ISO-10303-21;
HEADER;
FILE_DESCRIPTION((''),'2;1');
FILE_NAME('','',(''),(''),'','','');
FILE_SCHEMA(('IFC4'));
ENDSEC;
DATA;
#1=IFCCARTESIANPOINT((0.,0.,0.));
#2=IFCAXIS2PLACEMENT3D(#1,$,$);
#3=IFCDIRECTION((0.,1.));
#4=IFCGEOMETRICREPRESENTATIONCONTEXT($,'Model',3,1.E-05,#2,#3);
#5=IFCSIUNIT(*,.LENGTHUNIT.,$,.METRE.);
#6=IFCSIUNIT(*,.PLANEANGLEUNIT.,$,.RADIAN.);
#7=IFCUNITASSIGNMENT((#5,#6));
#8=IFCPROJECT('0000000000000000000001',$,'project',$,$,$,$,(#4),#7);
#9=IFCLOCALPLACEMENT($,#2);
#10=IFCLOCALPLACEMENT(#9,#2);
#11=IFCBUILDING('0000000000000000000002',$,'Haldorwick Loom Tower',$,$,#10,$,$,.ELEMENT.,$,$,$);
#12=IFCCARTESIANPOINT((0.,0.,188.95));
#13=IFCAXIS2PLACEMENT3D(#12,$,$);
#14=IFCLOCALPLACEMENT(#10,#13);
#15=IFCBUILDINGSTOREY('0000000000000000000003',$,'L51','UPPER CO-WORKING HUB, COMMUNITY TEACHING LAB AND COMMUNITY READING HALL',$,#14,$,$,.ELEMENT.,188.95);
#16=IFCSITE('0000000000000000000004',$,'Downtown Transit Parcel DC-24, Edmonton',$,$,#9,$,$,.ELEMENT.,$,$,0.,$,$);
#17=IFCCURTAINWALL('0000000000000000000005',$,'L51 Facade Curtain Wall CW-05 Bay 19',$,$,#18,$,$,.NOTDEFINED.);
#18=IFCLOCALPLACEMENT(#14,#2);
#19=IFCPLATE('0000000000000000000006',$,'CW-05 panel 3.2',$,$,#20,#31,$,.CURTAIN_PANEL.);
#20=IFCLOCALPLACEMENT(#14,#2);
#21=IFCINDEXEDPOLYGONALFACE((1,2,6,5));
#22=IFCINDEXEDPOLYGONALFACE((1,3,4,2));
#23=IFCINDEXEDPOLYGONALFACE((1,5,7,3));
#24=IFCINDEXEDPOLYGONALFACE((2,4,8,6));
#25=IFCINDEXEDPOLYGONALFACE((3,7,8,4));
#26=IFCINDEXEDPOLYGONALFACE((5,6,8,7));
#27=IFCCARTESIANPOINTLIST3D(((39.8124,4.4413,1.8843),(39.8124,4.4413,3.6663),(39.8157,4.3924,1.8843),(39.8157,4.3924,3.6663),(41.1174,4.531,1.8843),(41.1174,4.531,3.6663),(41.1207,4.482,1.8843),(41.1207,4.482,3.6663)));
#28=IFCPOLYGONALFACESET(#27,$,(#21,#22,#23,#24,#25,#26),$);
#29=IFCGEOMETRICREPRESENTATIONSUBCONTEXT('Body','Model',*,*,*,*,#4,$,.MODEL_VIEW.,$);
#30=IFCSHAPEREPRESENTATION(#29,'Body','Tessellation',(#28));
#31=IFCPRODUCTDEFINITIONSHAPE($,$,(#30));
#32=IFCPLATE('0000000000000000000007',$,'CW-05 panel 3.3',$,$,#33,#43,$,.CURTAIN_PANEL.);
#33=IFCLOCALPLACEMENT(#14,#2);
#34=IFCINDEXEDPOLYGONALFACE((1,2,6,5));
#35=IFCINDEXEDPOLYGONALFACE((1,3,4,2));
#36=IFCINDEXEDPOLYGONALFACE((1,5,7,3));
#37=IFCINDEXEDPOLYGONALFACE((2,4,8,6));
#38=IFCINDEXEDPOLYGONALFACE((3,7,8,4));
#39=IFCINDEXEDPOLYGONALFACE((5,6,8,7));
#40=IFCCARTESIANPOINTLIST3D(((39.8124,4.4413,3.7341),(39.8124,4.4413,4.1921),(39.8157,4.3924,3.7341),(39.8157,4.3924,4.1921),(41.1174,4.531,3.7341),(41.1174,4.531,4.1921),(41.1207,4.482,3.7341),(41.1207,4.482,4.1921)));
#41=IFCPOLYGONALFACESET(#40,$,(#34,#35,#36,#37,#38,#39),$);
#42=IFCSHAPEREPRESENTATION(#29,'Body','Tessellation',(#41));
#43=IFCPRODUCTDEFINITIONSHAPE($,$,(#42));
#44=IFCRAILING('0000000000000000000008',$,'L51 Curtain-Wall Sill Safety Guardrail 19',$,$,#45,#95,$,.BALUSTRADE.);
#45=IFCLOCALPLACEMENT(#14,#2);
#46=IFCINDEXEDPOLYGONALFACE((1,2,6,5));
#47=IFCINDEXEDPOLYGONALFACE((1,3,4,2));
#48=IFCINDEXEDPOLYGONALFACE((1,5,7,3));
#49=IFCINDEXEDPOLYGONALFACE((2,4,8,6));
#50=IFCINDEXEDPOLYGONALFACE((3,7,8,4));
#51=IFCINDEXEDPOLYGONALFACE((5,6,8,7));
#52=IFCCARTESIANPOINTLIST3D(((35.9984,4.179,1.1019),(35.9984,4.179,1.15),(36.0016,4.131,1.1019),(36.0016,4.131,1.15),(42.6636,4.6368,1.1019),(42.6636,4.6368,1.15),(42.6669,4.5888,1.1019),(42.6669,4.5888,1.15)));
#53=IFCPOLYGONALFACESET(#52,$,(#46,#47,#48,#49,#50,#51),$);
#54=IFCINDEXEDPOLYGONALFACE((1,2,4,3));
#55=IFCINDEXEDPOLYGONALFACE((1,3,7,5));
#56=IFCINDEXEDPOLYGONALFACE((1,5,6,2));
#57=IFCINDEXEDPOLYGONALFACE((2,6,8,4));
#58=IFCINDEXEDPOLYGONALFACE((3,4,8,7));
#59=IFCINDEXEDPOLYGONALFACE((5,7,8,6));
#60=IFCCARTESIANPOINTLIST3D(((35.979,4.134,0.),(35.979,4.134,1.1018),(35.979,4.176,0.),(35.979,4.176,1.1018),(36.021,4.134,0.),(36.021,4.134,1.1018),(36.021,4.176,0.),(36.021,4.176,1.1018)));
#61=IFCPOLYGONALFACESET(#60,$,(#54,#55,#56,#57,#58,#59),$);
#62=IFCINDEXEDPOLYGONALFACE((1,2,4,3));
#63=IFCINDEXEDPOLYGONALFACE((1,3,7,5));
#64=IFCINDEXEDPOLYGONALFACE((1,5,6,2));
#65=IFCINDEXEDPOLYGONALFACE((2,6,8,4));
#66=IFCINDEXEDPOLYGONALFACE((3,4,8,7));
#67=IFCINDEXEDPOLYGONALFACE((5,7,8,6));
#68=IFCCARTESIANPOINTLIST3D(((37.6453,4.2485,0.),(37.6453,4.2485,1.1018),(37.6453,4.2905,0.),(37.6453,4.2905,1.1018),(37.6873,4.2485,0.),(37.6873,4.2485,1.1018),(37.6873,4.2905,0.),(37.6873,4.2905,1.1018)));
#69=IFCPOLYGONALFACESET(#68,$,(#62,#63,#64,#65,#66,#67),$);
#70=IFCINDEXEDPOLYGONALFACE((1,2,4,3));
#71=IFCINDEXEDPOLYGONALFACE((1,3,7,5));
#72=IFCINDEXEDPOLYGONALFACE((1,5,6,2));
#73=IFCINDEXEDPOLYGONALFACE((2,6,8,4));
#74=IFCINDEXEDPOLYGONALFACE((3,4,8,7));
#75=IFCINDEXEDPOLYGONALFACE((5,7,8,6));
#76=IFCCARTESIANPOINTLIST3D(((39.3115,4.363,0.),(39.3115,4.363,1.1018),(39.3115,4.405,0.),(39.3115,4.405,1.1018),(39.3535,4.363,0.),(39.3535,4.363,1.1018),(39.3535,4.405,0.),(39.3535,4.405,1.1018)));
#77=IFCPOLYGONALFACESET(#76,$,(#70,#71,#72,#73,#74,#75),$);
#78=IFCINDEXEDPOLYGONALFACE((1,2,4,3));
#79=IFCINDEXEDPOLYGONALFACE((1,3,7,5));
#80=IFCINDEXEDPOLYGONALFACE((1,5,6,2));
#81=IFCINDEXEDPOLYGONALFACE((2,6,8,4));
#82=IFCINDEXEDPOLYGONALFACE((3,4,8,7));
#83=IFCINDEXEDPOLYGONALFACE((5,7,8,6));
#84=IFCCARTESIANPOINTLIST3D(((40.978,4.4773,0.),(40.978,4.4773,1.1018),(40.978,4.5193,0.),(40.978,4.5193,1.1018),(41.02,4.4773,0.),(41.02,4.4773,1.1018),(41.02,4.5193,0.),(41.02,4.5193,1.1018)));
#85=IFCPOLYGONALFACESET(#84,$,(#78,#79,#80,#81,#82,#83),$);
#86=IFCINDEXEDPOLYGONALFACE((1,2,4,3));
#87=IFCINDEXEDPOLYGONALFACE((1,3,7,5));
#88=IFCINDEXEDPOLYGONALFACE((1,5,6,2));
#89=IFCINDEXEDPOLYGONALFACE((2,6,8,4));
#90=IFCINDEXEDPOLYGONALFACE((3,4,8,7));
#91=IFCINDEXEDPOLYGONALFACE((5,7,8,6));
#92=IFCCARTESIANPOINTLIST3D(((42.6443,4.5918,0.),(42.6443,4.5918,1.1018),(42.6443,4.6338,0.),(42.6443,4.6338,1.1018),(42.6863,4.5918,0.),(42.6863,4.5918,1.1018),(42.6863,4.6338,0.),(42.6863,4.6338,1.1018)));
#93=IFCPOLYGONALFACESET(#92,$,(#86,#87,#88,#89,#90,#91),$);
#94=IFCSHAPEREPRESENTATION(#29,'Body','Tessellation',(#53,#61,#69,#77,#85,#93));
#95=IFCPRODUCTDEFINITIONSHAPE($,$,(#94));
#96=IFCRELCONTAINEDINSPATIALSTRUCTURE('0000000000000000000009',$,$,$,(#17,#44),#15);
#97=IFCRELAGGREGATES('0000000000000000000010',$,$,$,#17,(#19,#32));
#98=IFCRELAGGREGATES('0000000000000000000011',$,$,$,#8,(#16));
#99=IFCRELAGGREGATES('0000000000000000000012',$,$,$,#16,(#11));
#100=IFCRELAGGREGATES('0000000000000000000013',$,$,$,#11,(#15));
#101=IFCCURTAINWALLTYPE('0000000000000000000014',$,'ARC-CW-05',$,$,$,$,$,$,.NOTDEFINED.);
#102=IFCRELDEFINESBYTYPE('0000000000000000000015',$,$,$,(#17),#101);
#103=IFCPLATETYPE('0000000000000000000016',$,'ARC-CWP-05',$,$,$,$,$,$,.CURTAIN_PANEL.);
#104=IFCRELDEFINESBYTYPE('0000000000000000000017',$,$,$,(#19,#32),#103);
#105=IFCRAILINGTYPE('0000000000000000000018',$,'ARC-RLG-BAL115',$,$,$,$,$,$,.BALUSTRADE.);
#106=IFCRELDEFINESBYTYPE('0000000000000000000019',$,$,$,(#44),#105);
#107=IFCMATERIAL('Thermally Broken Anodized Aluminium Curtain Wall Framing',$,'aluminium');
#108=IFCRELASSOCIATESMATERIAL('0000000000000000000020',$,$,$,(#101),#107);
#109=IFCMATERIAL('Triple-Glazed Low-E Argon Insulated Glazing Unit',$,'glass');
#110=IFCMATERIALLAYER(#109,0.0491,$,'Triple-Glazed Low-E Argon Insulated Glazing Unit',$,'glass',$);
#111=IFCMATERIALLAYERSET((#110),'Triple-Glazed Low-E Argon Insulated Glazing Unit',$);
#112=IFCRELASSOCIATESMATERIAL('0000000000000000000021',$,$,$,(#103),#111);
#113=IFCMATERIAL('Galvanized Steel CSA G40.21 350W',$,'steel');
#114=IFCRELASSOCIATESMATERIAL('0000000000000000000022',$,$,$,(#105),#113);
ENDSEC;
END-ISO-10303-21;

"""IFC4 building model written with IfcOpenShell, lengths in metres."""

from ifc_helpers import new_model, si_unit, direction, frame, origin, origin_2d, place, context, subcontext, project, spatial, rectangle, extrude, material, layer, layer_set, type_object, element, aggregate, save


model = new_model("IFC4")

# Units and contexts
model_context = context("Model", 3, precision=1e-05, world=origin(), true_north=direction((0.0, 1.0)))
body_context = subcontext(model_context, "Body", "Model", "MODEL_VIEW")
ifc_project = project(units=[si_unit("LENGTHUNIT", "METRE"), si_unit("PLANEANGLEUNIT", "RADIAN")], contexts=[model_context])

# Site, building, storey
site_placement = place(None, origin())
site = spatial("IfcSite", under=ifc_project, at=site_placement, Name="Downtown Transit Parcel DC-24, Edmonton", CompositionType="ELEMENT", RefElevation=0.0)
building_placement = place(site_placement, origin())
building = spatial("IfcBuilding", under=site, at=building_placement, Name="Haldorwick Loom Tower", CompositionType="ELEMENT")
storey_placement = place(building_placement, frame((0.0, 0.0, 188.95)))
storey = spatial("IfcBuildingStorey", under=building, at=storey_placement, Name="L51", Description="UPPER CO-WORKING HUB, COMMUNITY TEACHING LAB AND COMMUNITY READING HALL", CompositionType="ELEMENT", Elevation=188.95)

# Curtain wall
ifc_material_1 = material(Name="Thermally Broken Anodized Aluminium Curtain Wall Framing", Category="aluminium")
curtain_wall_type = type_object("IfcCurtainWallType", Name="ARC-CW-05", PredefinedType="NOTDEFINED", material=ifc_material_1)
curtain_wall_placement = place(storey_placement, origin())
curtain_wall = element("IfcCurtainWall", 1, at=curtain_wall_placement, inside=storey, type_object=curtain_wall_type, Name="L51 Facade Curtain Wall CW-05 Bay 19", PredefinedType="NOTDEFINED")

# Plates
ifc_material_2 = material(Name="Triple-Glazed Low-E Argon Insulated Glazing Unit", Category="glass")
ifc_layer = layer(ifc_material_2, 0.0491, Name="Triple-Glazed Low-E Argon Insulated Glazing Unit", Category="glass")
ifc_layer_set = layer_set([ifc_layer], Name="Triple-Glazed Low-E Argon Insulated Glazing Unit")
plate_type = type_object("IfcPlateType", Name="ARC-CWP-05", PredefinedType="CURTAIN_PANEL", material=ifc_layer_set)
plate_1_placement = place(storey_placement, frame((40.4666, 4.4617, 1.8843), z_axis=(0.0, 0.0, 1.0), x_axis=(0.99765, 0.068513, 0.0)))
plate_1 = element("IfcPlate", 2, at=plate_1_placement, type_object=plate_type, Name="CW-05 panel 3.2", PredefinedType="CURTAIN_PANEL", context=body_context, shape_type="SweptSolid", body=[
    extrude(rectangle(XDim=1.3081, YDim=0.0491, at=origin_2d()), origin(), (0.0, 0.0, 1.0), 1.782),
])
plate_2_placement = place(storey_placement, frame((40.4666, 4.4617, 3.7341), z_axis=(0.0, 0.0, 1.0), x_axis=(0.99765, 0.068513, 0.0)))
plate_2 = element("IfcPlate", 3, at=plate_2_placement, type_object=plate_type, Name="CW-05 panel 3.3", PredefinedType="CURTAIN_PANEL", context=body_context, shape_type="SweptSolid", body=[
    extrude(rectangle(XDim=1.3081, YDim=0.0491, at=origin_2d()), origin(), (0.0, 0.0, 1.0), 0.458),
])
aggregate(curtain_wall, [plate_1, plate_2])

# Railing
ifc_material_3 = material(Name="Galvanized Steel CSA G40.21 350W", Category="steel")
railing_type = type_object("IfcRailingType", Name="ARC-RLG-BAL115", PredefinedType="BALUSTRADE", material=ifc_material_3)
railing_placement = place(storey_placement, frame((36.0, 4.155, 0.0)))
element("IfcRailing", 4, at=railing_placement, inside=storey, type_object=railing_type, Name="L51 Curtain-Wall Sill Safety Guardrail 19", PredefinedType="BALUSTRADE", context=body_context, shape_type="SweptSolid", body=[
    extrude(rectangle(XDim=0.0481, YDim=0.0481, at=origin_2d()), frame((0.0, 0.0, 1.126), z_axis=(0.99765, 0.068517, 0.0), x_axis=(-0.068517, 0.99765, 0.0)), (0.0, 0.0, 1.0), 6.6809),
    extrude(rectangle(XDim=0.042, YDim=0.042, at=origin_2d()), origin(), (0.0, 0.0, 1.0), 1.1018),
    extrude(rectangle(XDim=0.042, YDim=0.042, at=origin_2d()), frame((1.6663, 0.1145, 0.0)), (0.0, 0.0, 1.0), 1.1018),
    extrude(rectangle(XDim=0.042, YDim=0.042, at=origin_2d()), frame((3.3325, 0.229, 0.0)), (0.0, 0.0, 1.0), 1.1018),
    extrude(rectangle(XDim=0.042, YDim=0.042, at=origin_2d()), frame((4.999, 0.3433, 0.0)), (0.0, 0.0, 1.0), 1.1018),
    extrude(rectangle(XDim=0.042, YDim=0.042, at=origin_2d()), frame((6.6653, 0.4578, 0.0)), (0.0, 0.0, 1.0), 1.1018),
])

save(model, "model.ifc")
